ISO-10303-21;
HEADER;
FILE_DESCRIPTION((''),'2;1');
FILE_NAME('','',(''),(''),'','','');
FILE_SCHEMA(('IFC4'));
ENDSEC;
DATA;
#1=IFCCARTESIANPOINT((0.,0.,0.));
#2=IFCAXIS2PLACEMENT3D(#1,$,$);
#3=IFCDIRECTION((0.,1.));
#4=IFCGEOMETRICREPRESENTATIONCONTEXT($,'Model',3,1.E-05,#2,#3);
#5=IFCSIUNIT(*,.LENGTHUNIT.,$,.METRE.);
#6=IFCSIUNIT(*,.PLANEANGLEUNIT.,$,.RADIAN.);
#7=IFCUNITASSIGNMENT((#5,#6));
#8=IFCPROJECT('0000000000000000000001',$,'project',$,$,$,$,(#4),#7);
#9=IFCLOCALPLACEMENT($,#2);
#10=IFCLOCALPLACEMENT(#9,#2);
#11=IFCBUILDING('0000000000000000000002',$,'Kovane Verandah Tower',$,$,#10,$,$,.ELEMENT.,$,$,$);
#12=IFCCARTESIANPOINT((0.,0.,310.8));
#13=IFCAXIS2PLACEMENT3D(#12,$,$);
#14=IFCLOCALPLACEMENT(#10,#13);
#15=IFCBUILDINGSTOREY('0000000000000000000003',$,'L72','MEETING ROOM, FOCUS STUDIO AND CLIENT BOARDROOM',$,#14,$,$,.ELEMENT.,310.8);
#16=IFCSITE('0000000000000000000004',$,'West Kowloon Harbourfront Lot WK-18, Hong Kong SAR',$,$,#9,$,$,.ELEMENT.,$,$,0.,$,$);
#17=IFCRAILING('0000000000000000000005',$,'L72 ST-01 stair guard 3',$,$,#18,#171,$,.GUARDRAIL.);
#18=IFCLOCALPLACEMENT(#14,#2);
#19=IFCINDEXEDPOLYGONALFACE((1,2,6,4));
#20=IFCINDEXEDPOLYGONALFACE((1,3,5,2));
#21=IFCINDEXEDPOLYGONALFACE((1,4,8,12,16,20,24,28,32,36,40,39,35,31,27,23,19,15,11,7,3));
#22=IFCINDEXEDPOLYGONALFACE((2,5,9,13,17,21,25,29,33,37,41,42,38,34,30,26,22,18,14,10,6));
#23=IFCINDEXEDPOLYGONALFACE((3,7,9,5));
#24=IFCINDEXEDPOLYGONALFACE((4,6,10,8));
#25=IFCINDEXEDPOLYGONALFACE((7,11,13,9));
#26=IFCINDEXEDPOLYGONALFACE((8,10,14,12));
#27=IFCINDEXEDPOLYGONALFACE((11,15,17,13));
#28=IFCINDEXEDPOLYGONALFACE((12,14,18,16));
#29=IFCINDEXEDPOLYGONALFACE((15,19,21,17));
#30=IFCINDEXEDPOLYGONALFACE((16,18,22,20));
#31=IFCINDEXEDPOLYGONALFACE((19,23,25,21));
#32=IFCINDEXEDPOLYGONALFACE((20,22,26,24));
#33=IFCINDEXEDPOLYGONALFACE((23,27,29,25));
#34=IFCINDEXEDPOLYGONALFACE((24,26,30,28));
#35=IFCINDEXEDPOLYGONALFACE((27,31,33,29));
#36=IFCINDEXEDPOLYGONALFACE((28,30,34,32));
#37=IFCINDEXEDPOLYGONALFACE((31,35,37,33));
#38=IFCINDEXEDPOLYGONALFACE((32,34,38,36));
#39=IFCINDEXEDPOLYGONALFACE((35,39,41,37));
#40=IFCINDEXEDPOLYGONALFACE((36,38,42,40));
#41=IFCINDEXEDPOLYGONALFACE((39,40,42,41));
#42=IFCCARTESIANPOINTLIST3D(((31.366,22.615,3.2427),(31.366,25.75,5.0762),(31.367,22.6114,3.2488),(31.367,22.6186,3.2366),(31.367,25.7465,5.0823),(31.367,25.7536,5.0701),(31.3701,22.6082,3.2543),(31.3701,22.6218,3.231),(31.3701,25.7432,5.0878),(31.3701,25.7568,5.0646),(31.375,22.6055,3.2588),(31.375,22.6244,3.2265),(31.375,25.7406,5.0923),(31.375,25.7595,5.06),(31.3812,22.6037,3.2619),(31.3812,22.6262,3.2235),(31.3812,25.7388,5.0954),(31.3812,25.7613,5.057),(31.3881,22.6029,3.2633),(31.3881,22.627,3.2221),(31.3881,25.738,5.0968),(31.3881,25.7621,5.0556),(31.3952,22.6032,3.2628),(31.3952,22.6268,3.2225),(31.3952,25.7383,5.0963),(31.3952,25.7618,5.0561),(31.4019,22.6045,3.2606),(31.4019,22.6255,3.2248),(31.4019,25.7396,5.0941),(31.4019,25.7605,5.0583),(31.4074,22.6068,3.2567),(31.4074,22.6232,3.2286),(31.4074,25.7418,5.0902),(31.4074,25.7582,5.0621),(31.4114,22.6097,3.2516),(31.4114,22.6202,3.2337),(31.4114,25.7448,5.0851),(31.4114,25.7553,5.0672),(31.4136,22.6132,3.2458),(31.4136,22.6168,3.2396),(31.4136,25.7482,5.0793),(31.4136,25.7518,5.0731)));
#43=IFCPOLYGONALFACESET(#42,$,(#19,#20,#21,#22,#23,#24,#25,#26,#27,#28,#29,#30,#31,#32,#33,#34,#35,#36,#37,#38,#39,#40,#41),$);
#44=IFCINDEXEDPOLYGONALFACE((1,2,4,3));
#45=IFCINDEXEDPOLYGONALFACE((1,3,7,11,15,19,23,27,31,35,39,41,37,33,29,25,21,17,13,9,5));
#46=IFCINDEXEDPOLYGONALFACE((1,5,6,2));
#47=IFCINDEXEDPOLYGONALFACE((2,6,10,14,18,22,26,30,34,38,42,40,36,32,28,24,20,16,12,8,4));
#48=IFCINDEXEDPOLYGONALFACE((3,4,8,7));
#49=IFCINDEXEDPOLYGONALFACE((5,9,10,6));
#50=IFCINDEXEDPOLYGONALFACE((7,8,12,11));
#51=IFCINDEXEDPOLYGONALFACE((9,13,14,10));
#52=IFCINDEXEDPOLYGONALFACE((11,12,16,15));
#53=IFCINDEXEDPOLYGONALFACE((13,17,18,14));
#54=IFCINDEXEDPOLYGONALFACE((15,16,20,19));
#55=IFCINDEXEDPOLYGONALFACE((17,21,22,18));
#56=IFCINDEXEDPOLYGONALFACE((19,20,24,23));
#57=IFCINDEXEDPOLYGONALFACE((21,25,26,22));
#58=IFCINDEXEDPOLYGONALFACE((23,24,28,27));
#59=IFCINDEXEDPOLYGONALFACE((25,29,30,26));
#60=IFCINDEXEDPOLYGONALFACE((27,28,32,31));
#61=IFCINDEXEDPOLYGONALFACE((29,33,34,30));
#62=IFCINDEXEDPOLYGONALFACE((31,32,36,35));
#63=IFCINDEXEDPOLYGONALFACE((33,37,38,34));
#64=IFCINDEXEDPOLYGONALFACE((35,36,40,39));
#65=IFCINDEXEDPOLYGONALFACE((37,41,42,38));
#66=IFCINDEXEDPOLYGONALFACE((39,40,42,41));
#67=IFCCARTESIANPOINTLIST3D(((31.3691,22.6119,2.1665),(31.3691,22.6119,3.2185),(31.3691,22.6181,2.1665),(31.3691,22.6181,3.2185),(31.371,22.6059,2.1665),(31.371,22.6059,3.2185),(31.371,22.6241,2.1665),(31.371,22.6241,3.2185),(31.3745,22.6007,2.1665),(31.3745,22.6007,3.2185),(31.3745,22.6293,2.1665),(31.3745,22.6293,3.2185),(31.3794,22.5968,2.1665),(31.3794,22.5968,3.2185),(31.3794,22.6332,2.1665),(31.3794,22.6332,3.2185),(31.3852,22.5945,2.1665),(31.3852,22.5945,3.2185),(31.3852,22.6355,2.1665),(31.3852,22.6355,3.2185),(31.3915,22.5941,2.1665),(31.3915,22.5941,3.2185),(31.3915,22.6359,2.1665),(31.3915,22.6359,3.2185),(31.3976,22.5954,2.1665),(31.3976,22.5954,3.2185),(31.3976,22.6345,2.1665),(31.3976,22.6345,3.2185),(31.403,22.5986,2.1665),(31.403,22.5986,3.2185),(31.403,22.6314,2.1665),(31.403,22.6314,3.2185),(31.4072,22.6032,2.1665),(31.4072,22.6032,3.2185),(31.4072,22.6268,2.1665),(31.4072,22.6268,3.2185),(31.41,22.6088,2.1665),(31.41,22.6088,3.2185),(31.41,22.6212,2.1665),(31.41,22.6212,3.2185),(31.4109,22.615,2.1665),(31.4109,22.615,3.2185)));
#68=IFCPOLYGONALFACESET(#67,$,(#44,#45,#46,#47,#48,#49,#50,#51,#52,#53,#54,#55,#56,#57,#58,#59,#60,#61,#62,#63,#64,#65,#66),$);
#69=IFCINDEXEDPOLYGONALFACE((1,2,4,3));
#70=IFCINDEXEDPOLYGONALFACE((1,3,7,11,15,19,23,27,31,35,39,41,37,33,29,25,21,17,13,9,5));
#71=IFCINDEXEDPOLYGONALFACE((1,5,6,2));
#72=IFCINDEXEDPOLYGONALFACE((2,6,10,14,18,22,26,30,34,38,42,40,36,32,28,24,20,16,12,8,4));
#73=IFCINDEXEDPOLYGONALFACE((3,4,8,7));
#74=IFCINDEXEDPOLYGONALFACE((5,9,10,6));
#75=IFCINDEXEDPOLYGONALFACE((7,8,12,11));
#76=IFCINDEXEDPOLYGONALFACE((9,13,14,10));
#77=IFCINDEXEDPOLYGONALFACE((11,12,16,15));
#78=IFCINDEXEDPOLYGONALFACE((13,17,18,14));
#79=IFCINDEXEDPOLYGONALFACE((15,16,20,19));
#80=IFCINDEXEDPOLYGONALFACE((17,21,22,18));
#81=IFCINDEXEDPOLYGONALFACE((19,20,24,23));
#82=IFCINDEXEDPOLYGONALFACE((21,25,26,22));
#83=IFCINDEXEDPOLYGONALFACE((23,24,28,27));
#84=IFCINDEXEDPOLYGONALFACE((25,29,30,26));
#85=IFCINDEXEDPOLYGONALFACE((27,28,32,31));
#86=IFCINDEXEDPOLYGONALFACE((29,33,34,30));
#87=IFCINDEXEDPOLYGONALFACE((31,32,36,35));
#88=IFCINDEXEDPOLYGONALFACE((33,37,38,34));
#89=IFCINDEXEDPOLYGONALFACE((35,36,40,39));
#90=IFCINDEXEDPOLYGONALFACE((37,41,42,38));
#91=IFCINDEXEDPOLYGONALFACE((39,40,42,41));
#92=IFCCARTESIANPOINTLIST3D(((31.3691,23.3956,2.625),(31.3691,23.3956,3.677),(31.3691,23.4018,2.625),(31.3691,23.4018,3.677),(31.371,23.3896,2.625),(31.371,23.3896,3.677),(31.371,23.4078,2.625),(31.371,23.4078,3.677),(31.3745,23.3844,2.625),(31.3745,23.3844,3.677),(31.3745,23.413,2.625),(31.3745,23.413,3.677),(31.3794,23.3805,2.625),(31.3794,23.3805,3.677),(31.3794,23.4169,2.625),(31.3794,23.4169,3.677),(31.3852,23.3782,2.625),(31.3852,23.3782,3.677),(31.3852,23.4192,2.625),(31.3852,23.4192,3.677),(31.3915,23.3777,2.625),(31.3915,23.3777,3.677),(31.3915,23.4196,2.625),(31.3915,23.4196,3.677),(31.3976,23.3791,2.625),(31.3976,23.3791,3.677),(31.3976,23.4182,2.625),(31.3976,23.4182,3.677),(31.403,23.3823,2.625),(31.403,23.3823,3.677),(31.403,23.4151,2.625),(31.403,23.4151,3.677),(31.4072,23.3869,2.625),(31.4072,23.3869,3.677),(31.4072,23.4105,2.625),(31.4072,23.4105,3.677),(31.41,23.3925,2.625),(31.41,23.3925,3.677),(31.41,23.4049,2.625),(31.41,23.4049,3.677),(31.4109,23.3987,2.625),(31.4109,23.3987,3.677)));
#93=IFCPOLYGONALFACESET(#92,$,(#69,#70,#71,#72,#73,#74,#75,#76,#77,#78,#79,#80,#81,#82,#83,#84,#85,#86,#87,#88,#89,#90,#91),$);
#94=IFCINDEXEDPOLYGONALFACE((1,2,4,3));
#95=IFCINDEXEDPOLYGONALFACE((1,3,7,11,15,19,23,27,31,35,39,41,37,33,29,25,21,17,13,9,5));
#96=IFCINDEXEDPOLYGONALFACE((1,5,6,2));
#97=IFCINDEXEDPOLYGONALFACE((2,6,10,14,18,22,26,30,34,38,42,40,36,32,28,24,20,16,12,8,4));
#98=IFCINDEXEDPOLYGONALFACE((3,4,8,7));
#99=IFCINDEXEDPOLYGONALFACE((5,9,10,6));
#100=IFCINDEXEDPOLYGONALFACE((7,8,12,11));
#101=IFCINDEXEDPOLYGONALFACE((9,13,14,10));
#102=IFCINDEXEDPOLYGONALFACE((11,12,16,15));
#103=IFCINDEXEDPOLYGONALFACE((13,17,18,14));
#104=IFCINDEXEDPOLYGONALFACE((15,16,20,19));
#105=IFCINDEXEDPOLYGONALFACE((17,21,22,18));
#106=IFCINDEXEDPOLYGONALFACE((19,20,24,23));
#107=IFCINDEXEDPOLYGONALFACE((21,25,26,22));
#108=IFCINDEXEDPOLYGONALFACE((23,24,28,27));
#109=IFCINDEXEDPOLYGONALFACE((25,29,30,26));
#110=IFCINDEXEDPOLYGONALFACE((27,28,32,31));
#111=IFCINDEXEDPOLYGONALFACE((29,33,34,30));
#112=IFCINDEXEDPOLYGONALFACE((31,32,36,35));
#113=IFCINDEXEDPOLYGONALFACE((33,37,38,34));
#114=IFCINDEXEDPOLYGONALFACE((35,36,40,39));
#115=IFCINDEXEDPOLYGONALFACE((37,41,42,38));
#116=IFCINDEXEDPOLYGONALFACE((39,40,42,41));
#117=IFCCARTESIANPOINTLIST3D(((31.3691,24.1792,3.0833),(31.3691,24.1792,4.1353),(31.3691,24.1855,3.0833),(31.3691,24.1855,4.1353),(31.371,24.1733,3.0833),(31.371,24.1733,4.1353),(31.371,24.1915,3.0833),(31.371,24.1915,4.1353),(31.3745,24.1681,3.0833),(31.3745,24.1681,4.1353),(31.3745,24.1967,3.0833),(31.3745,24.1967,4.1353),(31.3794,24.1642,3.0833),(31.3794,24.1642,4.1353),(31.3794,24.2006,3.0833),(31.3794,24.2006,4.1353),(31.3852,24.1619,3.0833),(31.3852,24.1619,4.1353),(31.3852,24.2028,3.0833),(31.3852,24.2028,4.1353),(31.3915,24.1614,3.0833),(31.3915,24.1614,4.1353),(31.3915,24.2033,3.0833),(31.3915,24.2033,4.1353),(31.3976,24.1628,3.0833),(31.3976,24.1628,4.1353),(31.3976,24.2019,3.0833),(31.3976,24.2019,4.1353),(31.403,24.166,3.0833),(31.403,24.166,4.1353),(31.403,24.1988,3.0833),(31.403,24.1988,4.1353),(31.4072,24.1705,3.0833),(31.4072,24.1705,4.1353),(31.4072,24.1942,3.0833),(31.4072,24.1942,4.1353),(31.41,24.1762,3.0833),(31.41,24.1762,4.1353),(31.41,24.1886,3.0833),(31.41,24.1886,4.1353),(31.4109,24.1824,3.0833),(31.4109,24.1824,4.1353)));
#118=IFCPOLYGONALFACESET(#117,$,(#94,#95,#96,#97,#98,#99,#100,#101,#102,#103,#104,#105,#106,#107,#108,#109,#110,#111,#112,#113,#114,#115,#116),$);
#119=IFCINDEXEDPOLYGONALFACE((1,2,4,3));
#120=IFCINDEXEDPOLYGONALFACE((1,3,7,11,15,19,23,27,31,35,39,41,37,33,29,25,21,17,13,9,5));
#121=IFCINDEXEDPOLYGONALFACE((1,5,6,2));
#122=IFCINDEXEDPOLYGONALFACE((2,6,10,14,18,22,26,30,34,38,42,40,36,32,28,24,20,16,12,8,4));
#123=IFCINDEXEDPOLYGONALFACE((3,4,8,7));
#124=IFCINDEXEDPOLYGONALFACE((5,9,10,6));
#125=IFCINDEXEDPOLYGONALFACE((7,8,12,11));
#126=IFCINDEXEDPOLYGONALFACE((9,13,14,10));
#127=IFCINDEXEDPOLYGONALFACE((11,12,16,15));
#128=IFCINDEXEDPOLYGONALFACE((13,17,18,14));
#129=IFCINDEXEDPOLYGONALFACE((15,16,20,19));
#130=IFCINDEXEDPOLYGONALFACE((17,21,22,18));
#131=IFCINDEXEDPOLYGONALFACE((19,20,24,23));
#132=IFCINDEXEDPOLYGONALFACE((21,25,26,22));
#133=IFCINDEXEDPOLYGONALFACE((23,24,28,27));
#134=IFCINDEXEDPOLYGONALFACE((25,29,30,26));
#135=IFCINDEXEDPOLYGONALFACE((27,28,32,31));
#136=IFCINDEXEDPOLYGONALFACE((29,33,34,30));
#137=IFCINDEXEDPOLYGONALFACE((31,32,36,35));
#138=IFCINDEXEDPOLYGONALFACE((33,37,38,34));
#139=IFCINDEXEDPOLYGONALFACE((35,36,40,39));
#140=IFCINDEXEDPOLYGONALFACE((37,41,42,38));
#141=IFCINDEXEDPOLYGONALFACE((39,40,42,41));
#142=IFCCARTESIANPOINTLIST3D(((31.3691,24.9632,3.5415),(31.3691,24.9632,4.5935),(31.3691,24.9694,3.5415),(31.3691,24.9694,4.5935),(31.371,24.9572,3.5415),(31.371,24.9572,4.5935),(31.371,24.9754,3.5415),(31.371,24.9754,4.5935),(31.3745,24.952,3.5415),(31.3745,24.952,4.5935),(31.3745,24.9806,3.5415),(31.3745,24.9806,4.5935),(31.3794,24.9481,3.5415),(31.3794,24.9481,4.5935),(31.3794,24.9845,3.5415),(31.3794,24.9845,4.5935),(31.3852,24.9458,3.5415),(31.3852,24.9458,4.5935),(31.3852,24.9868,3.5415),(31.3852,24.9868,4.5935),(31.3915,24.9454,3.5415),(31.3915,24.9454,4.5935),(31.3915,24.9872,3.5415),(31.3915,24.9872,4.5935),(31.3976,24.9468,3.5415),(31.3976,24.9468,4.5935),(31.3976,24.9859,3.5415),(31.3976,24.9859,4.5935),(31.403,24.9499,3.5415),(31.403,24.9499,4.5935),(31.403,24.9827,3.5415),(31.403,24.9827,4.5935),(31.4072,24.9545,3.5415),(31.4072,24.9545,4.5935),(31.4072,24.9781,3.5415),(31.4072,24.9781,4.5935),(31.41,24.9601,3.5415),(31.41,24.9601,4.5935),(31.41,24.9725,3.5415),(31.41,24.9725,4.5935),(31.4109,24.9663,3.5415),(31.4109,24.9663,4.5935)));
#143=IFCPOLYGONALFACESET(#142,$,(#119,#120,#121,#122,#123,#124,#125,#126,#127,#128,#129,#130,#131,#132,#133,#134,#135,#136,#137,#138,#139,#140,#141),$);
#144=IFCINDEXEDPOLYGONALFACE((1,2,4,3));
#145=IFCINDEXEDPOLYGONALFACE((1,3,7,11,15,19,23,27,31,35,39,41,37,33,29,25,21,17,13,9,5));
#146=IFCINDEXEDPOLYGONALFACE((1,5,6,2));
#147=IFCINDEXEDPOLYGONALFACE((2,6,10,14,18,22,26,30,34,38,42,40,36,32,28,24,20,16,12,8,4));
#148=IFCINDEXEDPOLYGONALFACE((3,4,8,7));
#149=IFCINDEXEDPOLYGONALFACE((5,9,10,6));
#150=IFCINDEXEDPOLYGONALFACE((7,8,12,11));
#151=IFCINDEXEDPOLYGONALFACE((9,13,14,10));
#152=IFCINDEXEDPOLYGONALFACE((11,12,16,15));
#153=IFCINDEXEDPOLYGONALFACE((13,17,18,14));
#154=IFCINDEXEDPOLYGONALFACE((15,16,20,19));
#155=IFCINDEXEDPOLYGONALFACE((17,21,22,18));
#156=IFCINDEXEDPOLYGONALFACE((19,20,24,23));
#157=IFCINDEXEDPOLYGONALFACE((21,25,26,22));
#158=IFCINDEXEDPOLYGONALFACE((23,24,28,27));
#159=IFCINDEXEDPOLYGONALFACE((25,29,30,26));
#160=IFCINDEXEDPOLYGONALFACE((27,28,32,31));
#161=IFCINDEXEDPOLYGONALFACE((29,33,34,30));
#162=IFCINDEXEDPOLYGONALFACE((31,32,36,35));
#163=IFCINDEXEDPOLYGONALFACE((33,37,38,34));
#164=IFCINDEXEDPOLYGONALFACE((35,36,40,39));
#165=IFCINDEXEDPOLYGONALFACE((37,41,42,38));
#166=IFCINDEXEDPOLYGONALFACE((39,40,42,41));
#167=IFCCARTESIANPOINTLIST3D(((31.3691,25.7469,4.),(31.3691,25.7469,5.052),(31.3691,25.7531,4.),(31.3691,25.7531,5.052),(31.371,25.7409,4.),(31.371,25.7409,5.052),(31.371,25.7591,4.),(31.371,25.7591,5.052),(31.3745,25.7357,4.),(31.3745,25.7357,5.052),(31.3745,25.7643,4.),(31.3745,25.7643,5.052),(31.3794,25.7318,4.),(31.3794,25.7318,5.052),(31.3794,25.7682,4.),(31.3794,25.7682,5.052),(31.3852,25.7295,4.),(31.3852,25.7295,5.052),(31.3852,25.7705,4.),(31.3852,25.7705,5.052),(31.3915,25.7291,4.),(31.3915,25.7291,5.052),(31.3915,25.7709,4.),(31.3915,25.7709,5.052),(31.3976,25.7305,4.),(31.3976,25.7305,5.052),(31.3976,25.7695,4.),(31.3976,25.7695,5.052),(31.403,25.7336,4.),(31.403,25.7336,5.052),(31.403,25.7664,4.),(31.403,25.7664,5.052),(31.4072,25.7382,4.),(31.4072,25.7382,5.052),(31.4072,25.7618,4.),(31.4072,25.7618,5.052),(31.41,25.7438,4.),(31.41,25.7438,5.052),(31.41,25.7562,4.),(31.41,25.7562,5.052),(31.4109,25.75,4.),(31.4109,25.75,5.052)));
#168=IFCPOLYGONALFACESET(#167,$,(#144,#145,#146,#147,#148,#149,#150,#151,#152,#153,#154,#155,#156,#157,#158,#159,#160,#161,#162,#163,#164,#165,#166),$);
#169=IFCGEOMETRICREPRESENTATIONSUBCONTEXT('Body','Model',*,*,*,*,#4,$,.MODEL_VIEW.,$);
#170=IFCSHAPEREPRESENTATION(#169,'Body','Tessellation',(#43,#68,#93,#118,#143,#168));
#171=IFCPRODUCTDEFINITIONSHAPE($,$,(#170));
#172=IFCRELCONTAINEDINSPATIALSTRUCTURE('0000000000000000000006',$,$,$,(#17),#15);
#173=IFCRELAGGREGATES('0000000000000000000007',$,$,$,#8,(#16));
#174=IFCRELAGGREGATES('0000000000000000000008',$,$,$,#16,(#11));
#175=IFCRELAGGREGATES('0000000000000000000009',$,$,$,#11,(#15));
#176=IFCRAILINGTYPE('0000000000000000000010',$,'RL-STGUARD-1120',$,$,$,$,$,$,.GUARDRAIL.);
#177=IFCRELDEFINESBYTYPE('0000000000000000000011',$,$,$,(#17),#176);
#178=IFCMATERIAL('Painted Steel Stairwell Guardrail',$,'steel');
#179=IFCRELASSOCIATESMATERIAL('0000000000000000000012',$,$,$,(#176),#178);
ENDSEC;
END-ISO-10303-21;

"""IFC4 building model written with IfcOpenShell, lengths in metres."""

from ifc_helpers import new_model, si_unit, direction, frame, origin, origin_2d, place, context, subcontext, project, spatial, circle, extrude, material, type_object, element, save


model = new_model("IFC4")

# Units and contexts
model_context = context("Model", 3, precision=1e-05, world=origin(), true_north=direction((0.0, 1.0)))
body_context = subcontext(model_context, "Body", "Model", "MODEL_VIEW")
ifc_project = project(units=[si_unit("LENGTHUNIT", "METRE"), si_unit("PLANEANGLEUNIT", "RADIAN")], contexts=[model_context])

# Site, building, storey
site_placement = place(None, origin())
site = spatial("IfcSite", under=ifc_project, at=site_placement, Name="West Kowloon Harbourfront Lot WK-18, Hong Kong SAR", CompositionType="ELEMENT", RefElevation=0.0)
building_placement = place(site_placement, origin())
building = spatial("IfcBuilding", under=site, at=building_placement, Name="Kovane Verandah Tower", CompositionType="ELEMENT")
storey_placement = place(building_placement, frame((0.0, 0.0, 310.8)))
storey = spatial("IfcBuildingStorey", under=building, at=storey_placement, Name="L72", Description="MEETING ROOM, FOCUS STUDIO AND CLIENT BOARDROOM", CompositionType="ELEMENT", Elevation=310.8)

# Railing
ifc_material_1 = material(Name="Painted Steel Stairwell Guardrail", Category="steel")
railing_type_1 = type_object("IfcRailingType", Name="RL-STGUARD-1120", PredefinedType="GUARDRAIL", material=ifc_material_1)
railing_1_placement = place(storey_placement, frame((31.3899, 22.615, 2.1665)))
element("IfcRailing", 1, at=railing_1_placement, inside=storey, type_object=railing_type_1, Name="L72 ST-01 stair guard 3", PredefinedType="GUARDRAIL", context=body_context, shape_type="SweptSolid", body=[
    extrude(circle(Radius=0.0239, at=origin_2d()), frame((0.0, 0.0, 1.0762), z_axis=(0.0, 0.86321, 0.504845), x_axis=(-1.0, 0.0, 0.0)), (0.0, 0.0, 1.0), 3.6318),
    extrude(circle(Radius=0.021, at=origin_2d()), origin(), (0.0, 0.0, 1.0), 1.052),
    extrude(circle(Radius=0.021, at=origin_2d()), frame((0.0, 0.7837, 0.4585)), (0.0, 0.0, 1.0), 1.052),
    extrude(circle(Radius=0.021, at=origin_2d()), frame((0.0, 1.5674, 0.9167)), (0.0, 0.0, 1.0), 1.052),
    extrude(circle(Radius=0.021, at=origin_2d()), frame((0.0, 2.3513, 1.375)), (0.0, 0.0, 1.0), 1.052),
    extrude(circle(Radius=0.021, at=origin_2d()), frame((0.0, 3.135, 1.8335)), (0.0, 0.0, 1.0), 1.052),
])

save(model, "model.ifc")
